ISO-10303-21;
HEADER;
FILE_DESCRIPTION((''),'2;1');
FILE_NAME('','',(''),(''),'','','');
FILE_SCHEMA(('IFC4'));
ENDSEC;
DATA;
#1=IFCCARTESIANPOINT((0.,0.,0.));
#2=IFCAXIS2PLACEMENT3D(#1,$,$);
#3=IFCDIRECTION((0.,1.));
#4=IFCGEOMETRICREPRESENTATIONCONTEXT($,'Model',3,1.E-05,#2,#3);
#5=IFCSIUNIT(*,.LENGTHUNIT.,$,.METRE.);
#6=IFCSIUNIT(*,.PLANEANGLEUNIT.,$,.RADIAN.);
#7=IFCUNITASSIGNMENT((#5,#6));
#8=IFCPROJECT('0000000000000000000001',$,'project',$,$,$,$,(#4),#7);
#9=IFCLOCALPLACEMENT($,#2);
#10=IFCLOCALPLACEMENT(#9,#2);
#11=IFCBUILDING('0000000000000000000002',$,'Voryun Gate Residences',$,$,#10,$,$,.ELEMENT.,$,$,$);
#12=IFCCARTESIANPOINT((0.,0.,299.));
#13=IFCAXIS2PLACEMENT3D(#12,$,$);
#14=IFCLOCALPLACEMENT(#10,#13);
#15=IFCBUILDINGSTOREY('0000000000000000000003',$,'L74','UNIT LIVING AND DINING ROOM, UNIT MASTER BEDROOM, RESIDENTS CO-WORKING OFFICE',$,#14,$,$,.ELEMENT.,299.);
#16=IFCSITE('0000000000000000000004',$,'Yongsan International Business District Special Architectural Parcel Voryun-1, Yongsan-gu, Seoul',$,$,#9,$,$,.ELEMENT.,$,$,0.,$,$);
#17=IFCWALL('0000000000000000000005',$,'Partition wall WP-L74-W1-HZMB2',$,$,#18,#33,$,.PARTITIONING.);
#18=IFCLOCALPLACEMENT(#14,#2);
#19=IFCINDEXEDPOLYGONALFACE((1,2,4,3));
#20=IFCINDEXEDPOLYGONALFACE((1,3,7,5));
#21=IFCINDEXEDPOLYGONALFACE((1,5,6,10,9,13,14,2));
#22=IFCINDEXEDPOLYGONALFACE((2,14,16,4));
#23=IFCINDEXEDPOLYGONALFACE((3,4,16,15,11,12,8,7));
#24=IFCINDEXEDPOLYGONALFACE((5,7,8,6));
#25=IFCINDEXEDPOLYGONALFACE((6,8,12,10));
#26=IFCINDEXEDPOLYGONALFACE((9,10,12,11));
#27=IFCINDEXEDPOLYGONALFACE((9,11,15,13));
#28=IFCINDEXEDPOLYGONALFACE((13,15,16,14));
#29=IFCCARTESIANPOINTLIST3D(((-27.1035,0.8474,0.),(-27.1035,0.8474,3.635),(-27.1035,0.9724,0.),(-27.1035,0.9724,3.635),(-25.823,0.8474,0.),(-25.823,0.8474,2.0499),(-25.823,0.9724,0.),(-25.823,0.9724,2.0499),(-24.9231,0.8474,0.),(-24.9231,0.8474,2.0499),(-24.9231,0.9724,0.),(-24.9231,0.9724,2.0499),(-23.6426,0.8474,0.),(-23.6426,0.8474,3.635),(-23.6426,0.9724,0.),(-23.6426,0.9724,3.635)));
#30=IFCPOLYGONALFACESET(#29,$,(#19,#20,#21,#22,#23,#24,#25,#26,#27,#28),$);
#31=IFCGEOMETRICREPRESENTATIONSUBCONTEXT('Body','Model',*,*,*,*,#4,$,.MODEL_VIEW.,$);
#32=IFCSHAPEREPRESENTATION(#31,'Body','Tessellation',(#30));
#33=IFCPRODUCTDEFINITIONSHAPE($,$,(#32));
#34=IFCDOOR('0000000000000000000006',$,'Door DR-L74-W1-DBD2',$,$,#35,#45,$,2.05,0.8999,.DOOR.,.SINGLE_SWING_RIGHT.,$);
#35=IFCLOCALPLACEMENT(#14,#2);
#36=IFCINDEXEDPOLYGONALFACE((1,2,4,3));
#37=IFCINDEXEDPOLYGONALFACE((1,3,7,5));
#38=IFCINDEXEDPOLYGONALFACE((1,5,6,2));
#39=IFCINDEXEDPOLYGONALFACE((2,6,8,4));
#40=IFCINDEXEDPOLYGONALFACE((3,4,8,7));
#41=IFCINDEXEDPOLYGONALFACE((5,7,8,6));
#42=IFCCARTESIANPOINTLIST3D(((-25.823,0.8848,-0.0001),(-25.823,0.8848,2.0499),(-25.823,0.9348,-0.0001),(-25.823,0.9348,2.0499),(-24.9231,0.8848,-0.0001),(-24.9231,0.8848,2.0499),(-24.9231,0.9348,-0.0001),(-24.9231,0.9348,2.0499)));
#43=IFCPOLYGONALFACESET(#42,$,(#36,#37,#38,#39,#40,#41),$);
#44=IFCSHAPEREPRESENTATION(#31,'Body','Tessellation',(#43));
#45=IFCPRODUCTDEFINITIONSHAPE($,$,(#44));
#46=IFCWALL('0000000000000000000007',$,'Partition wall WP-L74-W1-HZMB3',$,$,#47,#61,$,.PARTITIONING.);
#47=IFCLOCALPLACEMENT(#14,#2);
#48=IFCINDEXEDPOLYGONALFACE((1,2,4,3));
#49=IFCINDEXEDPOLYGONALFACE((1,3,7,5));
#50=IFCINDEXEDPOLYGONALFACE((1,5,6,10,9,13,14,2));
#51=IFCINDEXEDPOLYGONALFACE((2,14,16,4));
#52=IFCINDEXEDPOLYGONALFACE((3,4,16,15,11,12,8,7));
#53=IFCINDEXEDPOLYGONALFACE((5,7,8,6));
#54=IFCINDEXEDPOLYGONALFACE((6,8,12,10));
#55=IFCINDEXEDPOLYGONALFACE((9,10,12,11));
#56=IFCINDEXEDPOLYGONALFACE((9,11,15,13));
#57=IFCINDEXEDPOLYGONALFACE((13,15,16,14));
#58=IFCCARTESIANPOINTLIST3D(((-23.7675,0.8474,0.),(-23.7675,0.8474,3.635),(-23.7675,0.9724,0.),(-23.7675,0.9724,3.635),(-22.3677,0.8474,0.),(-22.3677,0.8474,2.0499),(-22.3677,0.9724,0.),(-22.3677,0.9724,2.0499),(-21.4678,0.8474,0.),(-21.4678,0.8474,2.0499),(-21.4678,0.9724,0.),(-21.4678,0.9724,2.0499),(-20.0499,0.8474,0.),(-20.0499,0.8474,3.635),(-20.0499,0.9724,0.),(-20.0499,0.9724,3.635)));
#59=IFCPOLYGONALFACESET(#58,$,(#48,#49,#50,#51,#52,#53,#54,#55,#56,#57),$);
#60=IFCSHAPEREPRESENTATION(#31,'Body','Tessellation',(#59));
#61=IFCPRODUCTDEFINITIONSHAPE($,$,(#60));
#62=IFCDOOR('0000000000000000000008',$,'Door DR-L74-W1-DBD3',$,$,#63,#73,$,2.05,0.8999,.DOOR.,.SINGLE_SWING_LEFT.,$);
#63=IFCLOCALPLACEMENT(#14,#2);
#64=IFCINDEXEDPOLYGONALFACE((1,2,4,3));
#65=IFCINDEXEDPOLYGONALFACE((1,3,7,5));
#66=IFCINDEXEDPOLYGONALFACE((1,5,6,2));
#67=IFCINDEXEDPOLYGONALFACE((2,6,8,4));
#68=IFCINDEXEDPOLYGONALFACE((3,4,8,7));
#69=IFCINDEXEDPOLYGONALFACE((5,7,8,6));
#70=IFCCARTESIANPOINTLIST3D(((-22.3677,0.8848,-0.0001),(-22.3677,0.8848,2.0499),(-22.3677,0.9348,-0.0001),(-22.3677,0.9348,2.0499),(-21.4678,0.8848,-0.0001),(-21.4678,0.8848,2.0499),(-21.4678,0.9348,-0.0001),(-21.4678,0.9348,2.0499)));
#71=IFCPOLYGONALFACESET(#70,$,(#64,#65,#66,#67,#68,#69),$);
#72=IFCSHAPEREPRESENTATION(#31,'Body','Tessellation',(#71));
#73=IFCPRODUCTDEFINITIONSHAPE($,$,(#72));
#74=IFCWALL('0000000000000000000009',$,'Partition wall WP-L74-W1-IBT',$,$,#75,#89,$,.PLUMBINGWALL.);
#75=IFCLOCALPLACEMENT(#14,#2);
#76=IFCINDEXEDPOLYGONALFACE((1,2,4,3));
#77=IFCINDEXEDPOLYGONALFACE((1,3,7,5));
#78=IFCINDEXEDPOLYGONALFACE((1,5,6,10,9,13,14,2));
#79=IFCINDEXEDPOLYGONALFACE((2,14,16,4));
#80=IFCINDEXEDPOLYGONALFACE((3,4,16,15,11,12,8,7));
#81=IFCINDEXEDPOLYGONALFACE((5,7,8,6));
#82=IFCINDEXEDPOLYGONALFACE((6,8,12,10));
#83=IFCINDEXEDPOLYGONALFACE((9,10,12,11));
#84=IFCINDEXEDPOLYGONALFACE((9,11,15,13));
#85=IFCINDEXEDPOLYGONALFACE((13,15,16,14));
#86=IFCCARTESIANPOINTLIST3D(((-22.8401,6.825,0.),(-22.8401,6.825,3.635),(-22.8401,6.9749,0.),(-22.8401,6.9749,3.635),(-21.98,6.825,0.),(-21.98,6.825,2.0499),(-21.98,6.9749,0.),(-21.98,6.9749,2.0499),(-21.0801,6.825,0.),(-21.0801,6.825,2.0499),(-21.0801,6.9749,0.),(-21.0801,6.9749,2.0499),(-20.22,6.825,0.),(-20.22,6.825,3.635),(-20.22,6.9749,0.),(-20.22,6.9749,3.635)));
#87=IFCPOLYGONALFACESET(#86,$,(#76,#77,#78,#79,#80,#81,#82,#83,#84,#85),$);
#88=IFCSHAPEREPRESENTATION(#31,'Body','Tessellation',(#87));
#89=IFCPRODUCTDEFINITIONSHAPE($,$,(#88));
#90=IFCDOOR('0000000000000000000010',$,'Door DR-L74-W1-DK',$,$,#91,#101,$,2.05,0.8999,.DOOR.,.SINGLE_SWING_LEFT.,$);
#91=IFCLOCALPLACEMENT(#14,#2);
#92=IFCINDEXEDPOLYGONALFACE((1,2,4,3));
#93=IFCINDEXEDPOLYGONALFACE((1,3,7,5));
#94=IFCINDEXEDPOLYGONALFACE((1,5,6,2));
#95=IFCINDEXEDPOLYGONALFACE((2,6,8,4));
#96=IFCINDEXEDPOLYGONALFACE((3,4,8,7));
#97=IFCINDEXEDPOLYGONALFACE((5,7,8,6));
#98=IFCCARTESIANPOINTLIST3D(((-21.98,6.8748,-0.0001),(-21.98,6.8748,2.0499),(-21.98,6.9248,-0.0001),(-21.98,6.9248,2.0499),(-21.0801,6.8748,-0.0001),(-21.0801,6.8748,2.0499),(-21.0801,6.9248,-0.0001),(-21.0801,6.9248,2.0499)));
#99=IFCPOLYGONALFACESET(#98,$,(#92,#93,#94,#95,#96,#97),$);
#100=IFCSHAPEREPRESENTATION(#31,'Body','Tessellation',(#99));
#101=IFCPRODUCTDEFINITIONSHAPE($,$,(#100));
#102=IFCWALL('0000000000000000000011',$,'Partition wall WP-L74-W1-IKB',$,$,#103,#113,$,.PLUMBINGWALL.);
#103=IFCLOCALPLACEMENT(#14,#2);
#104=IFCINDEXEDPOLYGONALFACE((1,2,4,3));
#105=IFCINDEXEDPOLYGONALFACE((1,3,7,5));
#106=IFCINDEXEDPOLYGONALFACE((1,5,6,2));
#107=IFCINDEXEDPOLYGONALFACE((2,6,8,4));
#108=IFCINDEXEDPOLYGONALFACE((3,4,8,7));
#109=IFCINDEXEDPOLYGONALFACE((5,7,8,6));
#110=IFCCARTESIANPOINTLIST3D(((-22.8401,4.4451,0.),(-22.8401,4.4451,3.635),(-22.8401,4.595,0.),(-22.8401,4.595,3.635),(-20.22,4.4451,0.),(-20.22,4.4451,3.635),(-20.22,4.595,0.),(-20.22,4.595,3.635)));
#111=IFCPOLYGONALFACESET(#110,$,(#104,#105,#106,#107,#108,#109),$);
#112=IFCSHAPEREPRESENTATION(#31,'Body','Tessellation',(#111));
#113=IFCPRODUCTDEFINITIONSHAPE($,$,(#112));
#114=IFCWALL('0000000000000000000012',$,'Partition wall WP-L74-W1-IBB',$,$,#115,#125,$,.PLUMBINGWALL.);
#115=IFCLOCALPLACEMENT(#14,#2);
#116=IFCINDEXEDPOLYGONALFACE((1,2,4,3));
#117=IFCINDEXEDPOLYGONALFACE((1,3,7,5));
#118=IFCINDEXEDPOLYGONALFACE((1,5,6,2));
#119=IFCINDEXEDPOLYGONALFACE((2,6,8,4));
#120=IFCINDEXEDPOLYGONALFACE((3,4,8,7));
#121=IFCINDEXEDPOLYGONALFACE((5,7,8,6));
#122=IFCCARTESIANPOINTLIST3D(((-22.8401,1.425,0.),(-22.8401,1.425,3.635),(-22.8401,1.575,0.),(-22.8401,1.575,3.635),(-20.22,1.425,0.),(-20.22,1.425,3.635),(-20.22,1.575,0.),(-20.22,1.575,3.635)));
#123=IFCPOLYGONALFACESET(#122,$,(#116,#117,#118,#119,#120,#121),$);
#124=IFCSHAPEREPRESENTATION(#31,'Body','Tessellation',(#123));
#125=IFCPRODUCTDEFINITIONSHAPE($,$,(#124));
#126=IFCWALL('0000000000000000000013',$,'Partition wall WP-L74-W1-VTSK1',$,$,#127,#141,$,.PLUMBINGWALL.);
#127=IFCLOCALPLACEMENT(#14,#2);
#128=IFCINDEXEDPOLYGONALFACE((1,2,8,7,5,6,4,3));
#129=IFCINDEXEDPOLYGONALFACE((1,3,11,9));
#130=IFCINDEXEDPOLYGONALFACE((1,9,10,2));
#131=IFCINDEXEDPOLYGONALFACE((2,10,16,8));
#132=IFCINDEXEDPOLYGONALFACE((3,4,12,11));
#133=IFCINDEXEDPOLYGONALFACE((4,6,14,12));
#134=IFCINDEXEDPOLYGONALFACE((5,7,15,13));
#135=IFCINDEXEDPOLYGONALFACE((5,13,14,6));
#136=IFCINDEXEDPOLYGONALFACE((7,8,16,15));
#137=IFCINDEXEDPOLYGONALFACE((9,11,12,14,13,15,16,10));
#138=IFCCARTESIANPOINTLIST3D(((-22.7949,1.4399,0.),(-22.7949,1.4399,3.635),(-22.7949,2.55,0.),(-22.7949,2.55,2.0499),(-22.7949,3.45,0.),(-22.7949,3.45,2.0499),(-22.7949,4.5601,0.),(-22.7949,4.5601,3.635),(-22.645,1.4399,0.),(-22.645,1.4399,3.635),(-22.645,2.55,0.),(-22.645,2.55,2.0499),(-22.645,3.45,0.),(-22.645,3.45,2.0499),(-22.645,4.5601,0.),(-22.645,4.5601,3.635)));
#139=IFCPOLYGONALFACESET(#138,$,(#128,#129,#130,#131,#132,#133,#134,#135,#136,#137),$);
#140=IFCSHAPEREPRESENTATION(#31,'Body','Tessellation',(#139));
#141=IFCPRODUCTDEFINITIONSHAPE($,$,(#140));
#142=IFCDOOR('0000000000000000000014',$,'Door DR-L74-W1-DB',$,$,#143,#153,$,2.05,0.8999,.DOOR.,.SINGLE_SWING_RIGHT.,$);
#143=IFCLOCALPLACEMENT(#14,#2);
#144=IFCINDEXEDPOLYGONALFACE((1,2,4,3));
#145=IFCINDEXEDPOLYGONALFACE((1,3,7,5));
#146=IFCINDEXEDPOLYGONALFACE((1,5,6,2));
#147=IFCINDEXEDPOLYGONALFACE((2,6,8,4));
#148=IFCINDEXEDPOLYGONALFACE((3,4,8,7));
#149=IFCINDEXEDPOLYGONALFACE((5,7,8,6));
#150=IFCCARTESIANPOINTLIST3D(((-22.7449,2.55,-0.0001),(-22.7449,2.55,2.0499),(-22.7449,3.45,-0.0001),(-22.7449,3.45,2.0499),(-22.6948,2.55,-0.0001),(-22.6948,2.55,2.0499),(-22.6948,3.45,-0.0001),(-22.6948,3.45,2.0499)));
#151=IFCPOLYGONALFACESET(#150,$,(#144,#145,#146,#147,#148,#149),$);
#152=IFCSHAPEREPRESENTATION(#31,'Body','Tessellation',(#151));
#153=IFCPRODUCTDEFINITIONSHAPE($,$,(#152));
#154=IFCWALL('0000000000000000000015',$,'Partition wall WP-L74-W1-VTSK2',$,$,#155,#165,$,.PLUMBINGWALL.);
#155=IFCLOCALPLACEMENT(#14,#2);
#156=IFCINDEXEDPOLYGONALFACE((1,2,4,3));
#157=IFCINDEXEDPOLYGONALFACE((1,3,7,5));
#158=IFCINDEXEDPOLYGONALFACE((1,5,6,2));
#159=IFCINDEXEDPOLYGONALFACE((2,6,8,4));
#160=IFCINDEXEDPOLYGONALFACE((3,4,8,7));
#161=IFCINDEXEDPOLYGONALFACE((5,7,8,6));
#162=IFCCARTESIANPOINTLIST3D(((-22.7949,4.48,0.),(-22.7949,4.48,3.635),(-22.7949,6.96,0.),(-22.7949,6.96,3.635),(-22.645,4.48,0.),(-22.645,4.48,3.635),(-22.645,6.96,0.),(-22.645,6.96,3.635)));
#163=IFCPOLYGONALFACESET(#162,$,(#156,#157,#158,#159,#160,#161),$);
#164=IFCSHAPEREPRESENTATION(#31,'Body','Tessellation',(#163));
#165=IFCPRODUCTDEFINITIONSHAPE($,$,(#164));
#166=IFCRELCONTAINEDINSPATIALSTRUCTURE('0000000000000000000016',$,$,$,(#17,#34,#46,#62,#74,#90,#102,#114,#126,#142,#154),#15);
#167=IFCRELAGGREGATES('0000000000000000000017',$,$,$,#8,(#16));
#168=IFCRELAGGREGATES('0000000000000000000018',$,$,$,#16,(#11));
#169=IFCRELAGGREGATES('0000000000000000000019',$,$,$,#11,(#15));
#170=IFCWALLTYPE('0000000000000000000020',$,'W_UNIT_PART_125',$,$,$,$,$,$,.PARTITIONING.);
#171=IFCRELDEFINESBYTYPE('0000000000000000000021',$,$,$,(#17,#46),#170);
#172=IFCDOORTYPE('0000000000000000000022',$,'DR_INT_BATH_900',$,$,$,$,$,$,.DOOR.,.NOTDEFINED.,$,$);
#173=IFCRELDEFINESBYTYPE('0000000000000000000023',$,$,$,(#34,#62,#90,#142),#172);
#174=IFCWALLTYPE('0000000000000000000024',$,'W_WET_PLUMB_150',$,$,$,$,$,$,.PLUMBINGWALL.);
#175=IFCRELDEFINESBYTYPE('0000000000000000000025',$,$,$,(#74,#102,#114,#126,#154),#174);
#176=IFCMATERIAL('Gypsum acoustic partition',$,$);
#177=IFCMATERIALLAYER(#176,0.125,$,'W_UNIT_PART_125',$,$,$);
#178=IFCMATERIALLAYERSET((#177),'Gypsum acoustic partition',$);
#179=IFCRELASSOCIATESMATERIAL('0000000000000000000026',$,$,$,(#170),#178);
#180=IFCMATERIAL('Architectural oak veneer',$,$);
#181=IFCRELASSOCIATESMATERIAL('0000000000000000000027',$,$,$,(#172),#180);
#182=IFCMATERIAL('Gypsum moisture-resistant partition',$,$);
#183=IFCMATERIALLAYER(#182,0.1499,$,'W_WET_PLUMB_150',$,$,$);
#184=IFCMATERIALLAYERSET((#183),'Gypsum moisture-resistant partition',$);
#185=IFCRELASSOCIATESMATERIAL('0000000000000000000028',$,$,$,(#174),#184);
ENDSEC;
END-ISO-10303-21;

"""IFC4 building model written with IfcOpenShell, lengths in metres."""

from ifc_helpers import new_model, si_unit, direction, frame, frame_2d, origin, place, context, subcontext, project, spatial, rectangle, extrude, material, layer, layer_set, type_object, element, fill, save


model = new_model("IFC4")

# Units and contexts
model_context = context("Model", 3, precision=1e-05, world=origin(), true_north=direction((0.0, 1.0)))
body_context = subcontext(model_context, "Body", "Model", "MODEL_VIEW")
ifc_project = project(units=[si_unit("LENGTHUNIT", "METRE"), si_unit("PLANEANGLEUNIT", "RADIAN")], contexts=[model_context])

# Site, building, storey
site_placement = place(None, origin())
site = spatial("IfcSite", under=ifc_project, at=site_placement, Name="Yongsan International Business District Special Architectural Parcel Voryun-1, Yongsan-gu, Seoul", CompositionType="ELEMENT", RefElevation=0.0)
building_placement = place(site_placement, origin())
building = spatial("IfcBuilding", under=site, at=building_placement, Name="Voryun Gate Residences", CompositionType="ELEMENT")
storey_placement = place(building_placement, frame((0.0, 0.0, 299.0)))
storey = spatial("IfcBuildingStorey", under=building, at=storey_placement, Name="L74", Description="UNIT LIVING AND DINING ROOM, UNIT MASTER BEDROOM, RESIDENTS CO-WORKING OFFICE", CompositionType="ELEMENT", Elevation=299.0)

# Walls, openings, doors
ifc_material_1 = material(Name="Gypsum acoustic partition")
ifc_layer_1 = layer(ifc_material_1, 0.125, Name="W_UNIT_PART_125")
ifc_layer_set_1 = layer_set([ifc_layer_1], Name="Gypsum acoustic partition")
wall_type_1 = type_object("IfcWallType", Name="W_UNIT_PART_125", PredefinedType="PARTITIONING", material=ifc_layer_set_1)
ifc_material_2 = material(Name="Architectural oak veneer")
door_type_1 = type_object("IfcDoorType", Name="DR_INT_BATH_900", OperationType="NOTDEFINED", PredefinedType="DOOR", material=ifc_material_2)
wall_1_placement = place(storey_placement, frame((-27.1035, 0.9099, 0.0), z_axis=(0.0, 0.0, 1.0), x_axis=(1.0, 0.0, 0.0)))
wall_1 = element("IfcWall", 1, at=wall_1_placement, inside=storey, type_object=wall_type_1, Name="Partition wall WP-L74-W1-HZMB2", PredefinedType="PARTITIONING", context=body_context, shape_type="SweptSolid", body=[
    extrude(rectangle(XDim=3.4609, YDim=0.125, at=frame_2d((1.7305, 0.0))), origin(), (0.0, 0.0, 1.0), 3.635),
])
opening_1_placement = place(wall_1_placement, frame((1.2805, 0.0, 0.0)))
opening_1 = element("IfcOpeningElement", 2, at=opening_1_placement, cuts=wall_1, PredefinedType="OPENING", context=body_context, shape_type="SweptSolid", body=[
    extrude(rectangle(XDim=0.8999, YDim=2.05, at=frame_2d((0.45, 1.0249))), frame((0.0, 0.0725, 0.0), z_axis=(0.0, -1.0, 0.0), x_axis=(1.0, 0.0, 0.0)), (0.0, 0.0, 1.0), 0.145),
])
door_1_placement = place(opening_1_placement, origin())
door_1 = element("IfcDoor", 3, at=door_1_placement, inside=storey, type_object=door_type_1, Name="Door DR-L74-W1-DBD2", OperationType="SINGLE_SWING_RIGHT", OverallHeight=2.05, OverallWidth=0.8999, PredefinedType="DOOR", context=body_context, shape_type="SweptSolid", body=[
    extrude(rectangle(XDim=0.8999, YDim=2.05, at=frame_2d((0.45, 1.0249))), frame((0.0, 0.0249, 0.0), z_axis=(0.0, -1.0, 0.0), x_axis=(1.0, 0.0, 0.0)), (0.0, 0.0, 1.0), 0.05),
])
fill(opening_1, door_1)
wall_2_placement = place(storey_placement, frame((-23.7676, 0.9099, 0.0), z_axis=(0.0, 0.0, 1.0), x_axis=(1.0, 0.0, 0.0)))
wall_2 = element("IfcWall", 4, at=wall_2_placement, inside=storey, type_object=wall_type_1, Name="Partition wall WP-L74-W1-HZMB3", PredefinedType="PARTITIONING", context=body_context, shape_type="SweptSolid", body=[
    extrude(rectangle(XDim=3.7175, YDim=0.125, at=frame_2d((1.8589, 0.0))), origin(), (0.0, 0.0, 1.0), 3.635),
])
opening_2_placement = place(wall_2_placement, frame((1.3999, 0.0, 0.0)))
opening_2 = element("IfcOpeningElement", 5, at=opening_2_placement, cuts=wall_2, PredefinedType="OPENING", context=body_context, shape_type="SweptSolid", body=[
    extrude(rectangle(XDim=0.8999, YDim=2.05, at=frame_2d((0.45, 1.0249))), frame((0.0, 0.0725, 0.0), z_axis=(0.0, -1.0, 0.0), x_axis=(1.0, 0.0, 0.0)), (0.0, 0.0, 1.0), 0.145),
])
door_2_placement = place(opening_2_placement, origin())
door_2 = element("IfcDoor", 6, at=door_2_placement, inside=storey, type_object=door_type_1, Name="Door DR-L74-W1-DBD3", OperationType="SINGLE_SWING_LEFT", OverallHeight=2.05, OverallWidth=0.8999, PredefinedType="DOOR", context=body_context, shape_type="SweptSolid", body=[
    extrude(rectangle(XDim=0.8999, YDim=2.05, at=frame_2d((0.45, 1.0249))), frame((0.0, 0.0249, 0.0), z_axis=(0.0, -1.0, 0.0), x_axis=(1.0, 0.0, 0.0)), (0.0, 0.0, 1.0), 0.05),
])
fill(opening_2, door_2)
ifc_material_3 = material(Name="Gypsum moisture-resistant partition")
ifc_layer_2 = layer(ifc_material_3, 0.1499, Name="W_WET_PLUMB_150")
ifc_layer_set_2 = layer_set([ifc_layer_2], Name="Gypsum moisture-resistant partition")
wall_type_2 = type_object("IfcWallType", Name="W_WET_PLUMB_150", PredefinedType="PLUMBINGWALL", material=ifc_layer_set_2)
wall_3_placement = place(storey_placement, frame((-22.8401, 6.8999, 0.0), z_axis=(0.0, 0.0, 1.0), x_axis=(1.0, 0.0, 0.0)))
wall_3 = element("IfcWall", 7, at=wall_3_placement, inside=storey, type_object=wall_type_2, Name="Partition wall WP-L74-W1-IBT", PredefinedType="PLUMBINGWALL", context=body_context, shape_type="SweptSolid", body=[
    extrude(rectangle(XDim=2.6201, YDim=0.1499, at=frame_2d((1.3101, 0.0))), origin(), (0.0, 0.0, 1.0), 3.635),
])
opening_3_placement = place(wall_3_placement, frame((0.8601, 0.0, 0.0)))
opening_3 = element("IfcOpeningElement", 8, at=opening_3_placement, cuts=wall_3, PredefinedType="OPENING", context=body_context, shape_type="SweptSolid", body=[
    extrude(rectangle(XDim=0.8999, YDim=2.05, at=frame_2d((0.45, 1.0249))), frame((0.0, 0.085, 0.0), z_axis=(0.0, -1.0, 0.0), x_axis=(1.0, 0.0, 0.0)), (0.0, 0.0, 1.0), 0.1699),
])
door_3_placement = place(opening_3_placement, origin())
door_3 = element("IfcDoor", 9, at=door_3_placement, inside=storey, type_object=door_type_1, Name="Door DR-L74-W1-DK", OperationType="SINGLE_SWING_LEFT", OverallHeight=2.05, OverallWidth=0.8999, PredefinedType="DOOR", context=body_context, shape_type="SweptSolid", body=[
    extrude(rectangle(XDim=0.8999, YDim=2.05, at=frame_2d((0.45, 1.0249))), frame((0.0, 0.0249, 0.0), z_axis=(0.0, -1.0, 0.0), x_axis=(1.0, 0.0, 0.0)), (0.0, 0.0, 1.0), 0.05),
])
fill(opening_3, door_3)

# Walls
for number, where, z_axis, x_axis, name in (
    (10, (-22.8401, 4.52, 0.0), (0.0, 0.0, 1.0), (1.0, 0.0, 0.0), "Partition wall WP-L74-W1-IKB"),
    (11, (-22.8401, 1.5, 0.0), (0.0, 0.0, 1.0), (1.0, 0.0, 0.0), "Partition wall WP-L74-W1-IBB"),
):
    element("IfcWall", number, at=place(storey_placement, frame(where, z_axis=z_axis, x_axis=x_axis)), inside=storey, type_object=wall_type_2, Name=name, PredefinedType="PLUMBINGWALL", context=body_context, shape_type="SweptSolid", body=[
        extrude(rectangle(XDim=2.6201, YDim=0.1499, at=frame_2d((1.3101, 0.0))), origin(), (0.0, 0.0, 1.0), 3.635),
    ])

# Wall, opening, door
wall_4_placement = place(storey_placement, frame((-22.72, 1.4399, 0.0), z_axis=(0.0, 0.0, 1.0), x_axis=(0.0, 1.0, 0.0)))
wall_4 = element("IfcWall", 12, at=wall_4_placement, inside=storey, type_object=wall_type_2, Name="Partition wall WP-L74-W1-VTSK1", PredefinedType="PLUMBINGWALL", context=body_context, shape_type="SweptSolid", body=[
    extrude(rectangle(XDim=3.1201, YDim=0.1499, at=frame_2d((1.5601, 0.0))), origin(), (0.0, 0.0, 1.0), 3.635),
])
opening_4_placement = place(wall_4_placement, frame((1.1101, 0.0, 0.0)))
opening_4 = element("IfcOpeningElement", 13, at=opening_4_placement, cuts=wall_4, PredefinedType="OPENING", context=body_context, shape_type="SweptSolid", body=[
    extrude(rectangle(XDim=0.8999, YDim=2.05, at=frame_2d((0.45, 1.0249))), frame((0.0, 0.085, 0.0), z_axis=(0.0, -1.0, 0.0), x_axis=(1.0, 0.0, 0.0)), (0.0, 0.0, 1.0), 0.1699),
])
door_4_placement = place(opening_4_placement, origin())
door_4 = element("IfcDoor", 14, at=door_4_placement, inside=storey, type_object=door_type_1, Name="Door DR-L74-W1-DB", OperationType="SINGLE_SWING_RIGHT", OverallHeight=2.05, OverallWidth=0.8999, PredefinedType="DOOR", context=body_context, shape_type="SweptSolid", body=[
    extrude(rectangle(XDim=0.8999, YDim=2.05, at=frame_2d((0.45, 1.0249))), frame((0.0, 0.0249, 0.0), z_axis=(0.0, -1.0, 0.0), x_axis=(1.0, 0.0, 0.0)), (0.0, 0.0, 1.0), 0.05),
])
fill(opening_4, door_4)

# Wall
wall_5_placement = place(storey_placement, frame((-22.72, 4.48, 0.0), z_axis=(0.0, 0.0, 1.0), x_axis=(0.0, 1.0, 0.0)))
element("IfcWall", 15, at=wall_5_placement, inside=storey, type_object=wall_type_2, Name="Partition wall WP-L74-W1-VTSK2", PredefinedType="PLUMBINGWALL", context=body_context, shape_type="SweptSolid", body=[
    extrude(rectangle(XDim=2.48, YDim=0.1499, at=frame_2d((1.24, 0.0))), origin(), (0.0, 0.0, 1.0), 3.635),
])

save(model, "model.ifc")
